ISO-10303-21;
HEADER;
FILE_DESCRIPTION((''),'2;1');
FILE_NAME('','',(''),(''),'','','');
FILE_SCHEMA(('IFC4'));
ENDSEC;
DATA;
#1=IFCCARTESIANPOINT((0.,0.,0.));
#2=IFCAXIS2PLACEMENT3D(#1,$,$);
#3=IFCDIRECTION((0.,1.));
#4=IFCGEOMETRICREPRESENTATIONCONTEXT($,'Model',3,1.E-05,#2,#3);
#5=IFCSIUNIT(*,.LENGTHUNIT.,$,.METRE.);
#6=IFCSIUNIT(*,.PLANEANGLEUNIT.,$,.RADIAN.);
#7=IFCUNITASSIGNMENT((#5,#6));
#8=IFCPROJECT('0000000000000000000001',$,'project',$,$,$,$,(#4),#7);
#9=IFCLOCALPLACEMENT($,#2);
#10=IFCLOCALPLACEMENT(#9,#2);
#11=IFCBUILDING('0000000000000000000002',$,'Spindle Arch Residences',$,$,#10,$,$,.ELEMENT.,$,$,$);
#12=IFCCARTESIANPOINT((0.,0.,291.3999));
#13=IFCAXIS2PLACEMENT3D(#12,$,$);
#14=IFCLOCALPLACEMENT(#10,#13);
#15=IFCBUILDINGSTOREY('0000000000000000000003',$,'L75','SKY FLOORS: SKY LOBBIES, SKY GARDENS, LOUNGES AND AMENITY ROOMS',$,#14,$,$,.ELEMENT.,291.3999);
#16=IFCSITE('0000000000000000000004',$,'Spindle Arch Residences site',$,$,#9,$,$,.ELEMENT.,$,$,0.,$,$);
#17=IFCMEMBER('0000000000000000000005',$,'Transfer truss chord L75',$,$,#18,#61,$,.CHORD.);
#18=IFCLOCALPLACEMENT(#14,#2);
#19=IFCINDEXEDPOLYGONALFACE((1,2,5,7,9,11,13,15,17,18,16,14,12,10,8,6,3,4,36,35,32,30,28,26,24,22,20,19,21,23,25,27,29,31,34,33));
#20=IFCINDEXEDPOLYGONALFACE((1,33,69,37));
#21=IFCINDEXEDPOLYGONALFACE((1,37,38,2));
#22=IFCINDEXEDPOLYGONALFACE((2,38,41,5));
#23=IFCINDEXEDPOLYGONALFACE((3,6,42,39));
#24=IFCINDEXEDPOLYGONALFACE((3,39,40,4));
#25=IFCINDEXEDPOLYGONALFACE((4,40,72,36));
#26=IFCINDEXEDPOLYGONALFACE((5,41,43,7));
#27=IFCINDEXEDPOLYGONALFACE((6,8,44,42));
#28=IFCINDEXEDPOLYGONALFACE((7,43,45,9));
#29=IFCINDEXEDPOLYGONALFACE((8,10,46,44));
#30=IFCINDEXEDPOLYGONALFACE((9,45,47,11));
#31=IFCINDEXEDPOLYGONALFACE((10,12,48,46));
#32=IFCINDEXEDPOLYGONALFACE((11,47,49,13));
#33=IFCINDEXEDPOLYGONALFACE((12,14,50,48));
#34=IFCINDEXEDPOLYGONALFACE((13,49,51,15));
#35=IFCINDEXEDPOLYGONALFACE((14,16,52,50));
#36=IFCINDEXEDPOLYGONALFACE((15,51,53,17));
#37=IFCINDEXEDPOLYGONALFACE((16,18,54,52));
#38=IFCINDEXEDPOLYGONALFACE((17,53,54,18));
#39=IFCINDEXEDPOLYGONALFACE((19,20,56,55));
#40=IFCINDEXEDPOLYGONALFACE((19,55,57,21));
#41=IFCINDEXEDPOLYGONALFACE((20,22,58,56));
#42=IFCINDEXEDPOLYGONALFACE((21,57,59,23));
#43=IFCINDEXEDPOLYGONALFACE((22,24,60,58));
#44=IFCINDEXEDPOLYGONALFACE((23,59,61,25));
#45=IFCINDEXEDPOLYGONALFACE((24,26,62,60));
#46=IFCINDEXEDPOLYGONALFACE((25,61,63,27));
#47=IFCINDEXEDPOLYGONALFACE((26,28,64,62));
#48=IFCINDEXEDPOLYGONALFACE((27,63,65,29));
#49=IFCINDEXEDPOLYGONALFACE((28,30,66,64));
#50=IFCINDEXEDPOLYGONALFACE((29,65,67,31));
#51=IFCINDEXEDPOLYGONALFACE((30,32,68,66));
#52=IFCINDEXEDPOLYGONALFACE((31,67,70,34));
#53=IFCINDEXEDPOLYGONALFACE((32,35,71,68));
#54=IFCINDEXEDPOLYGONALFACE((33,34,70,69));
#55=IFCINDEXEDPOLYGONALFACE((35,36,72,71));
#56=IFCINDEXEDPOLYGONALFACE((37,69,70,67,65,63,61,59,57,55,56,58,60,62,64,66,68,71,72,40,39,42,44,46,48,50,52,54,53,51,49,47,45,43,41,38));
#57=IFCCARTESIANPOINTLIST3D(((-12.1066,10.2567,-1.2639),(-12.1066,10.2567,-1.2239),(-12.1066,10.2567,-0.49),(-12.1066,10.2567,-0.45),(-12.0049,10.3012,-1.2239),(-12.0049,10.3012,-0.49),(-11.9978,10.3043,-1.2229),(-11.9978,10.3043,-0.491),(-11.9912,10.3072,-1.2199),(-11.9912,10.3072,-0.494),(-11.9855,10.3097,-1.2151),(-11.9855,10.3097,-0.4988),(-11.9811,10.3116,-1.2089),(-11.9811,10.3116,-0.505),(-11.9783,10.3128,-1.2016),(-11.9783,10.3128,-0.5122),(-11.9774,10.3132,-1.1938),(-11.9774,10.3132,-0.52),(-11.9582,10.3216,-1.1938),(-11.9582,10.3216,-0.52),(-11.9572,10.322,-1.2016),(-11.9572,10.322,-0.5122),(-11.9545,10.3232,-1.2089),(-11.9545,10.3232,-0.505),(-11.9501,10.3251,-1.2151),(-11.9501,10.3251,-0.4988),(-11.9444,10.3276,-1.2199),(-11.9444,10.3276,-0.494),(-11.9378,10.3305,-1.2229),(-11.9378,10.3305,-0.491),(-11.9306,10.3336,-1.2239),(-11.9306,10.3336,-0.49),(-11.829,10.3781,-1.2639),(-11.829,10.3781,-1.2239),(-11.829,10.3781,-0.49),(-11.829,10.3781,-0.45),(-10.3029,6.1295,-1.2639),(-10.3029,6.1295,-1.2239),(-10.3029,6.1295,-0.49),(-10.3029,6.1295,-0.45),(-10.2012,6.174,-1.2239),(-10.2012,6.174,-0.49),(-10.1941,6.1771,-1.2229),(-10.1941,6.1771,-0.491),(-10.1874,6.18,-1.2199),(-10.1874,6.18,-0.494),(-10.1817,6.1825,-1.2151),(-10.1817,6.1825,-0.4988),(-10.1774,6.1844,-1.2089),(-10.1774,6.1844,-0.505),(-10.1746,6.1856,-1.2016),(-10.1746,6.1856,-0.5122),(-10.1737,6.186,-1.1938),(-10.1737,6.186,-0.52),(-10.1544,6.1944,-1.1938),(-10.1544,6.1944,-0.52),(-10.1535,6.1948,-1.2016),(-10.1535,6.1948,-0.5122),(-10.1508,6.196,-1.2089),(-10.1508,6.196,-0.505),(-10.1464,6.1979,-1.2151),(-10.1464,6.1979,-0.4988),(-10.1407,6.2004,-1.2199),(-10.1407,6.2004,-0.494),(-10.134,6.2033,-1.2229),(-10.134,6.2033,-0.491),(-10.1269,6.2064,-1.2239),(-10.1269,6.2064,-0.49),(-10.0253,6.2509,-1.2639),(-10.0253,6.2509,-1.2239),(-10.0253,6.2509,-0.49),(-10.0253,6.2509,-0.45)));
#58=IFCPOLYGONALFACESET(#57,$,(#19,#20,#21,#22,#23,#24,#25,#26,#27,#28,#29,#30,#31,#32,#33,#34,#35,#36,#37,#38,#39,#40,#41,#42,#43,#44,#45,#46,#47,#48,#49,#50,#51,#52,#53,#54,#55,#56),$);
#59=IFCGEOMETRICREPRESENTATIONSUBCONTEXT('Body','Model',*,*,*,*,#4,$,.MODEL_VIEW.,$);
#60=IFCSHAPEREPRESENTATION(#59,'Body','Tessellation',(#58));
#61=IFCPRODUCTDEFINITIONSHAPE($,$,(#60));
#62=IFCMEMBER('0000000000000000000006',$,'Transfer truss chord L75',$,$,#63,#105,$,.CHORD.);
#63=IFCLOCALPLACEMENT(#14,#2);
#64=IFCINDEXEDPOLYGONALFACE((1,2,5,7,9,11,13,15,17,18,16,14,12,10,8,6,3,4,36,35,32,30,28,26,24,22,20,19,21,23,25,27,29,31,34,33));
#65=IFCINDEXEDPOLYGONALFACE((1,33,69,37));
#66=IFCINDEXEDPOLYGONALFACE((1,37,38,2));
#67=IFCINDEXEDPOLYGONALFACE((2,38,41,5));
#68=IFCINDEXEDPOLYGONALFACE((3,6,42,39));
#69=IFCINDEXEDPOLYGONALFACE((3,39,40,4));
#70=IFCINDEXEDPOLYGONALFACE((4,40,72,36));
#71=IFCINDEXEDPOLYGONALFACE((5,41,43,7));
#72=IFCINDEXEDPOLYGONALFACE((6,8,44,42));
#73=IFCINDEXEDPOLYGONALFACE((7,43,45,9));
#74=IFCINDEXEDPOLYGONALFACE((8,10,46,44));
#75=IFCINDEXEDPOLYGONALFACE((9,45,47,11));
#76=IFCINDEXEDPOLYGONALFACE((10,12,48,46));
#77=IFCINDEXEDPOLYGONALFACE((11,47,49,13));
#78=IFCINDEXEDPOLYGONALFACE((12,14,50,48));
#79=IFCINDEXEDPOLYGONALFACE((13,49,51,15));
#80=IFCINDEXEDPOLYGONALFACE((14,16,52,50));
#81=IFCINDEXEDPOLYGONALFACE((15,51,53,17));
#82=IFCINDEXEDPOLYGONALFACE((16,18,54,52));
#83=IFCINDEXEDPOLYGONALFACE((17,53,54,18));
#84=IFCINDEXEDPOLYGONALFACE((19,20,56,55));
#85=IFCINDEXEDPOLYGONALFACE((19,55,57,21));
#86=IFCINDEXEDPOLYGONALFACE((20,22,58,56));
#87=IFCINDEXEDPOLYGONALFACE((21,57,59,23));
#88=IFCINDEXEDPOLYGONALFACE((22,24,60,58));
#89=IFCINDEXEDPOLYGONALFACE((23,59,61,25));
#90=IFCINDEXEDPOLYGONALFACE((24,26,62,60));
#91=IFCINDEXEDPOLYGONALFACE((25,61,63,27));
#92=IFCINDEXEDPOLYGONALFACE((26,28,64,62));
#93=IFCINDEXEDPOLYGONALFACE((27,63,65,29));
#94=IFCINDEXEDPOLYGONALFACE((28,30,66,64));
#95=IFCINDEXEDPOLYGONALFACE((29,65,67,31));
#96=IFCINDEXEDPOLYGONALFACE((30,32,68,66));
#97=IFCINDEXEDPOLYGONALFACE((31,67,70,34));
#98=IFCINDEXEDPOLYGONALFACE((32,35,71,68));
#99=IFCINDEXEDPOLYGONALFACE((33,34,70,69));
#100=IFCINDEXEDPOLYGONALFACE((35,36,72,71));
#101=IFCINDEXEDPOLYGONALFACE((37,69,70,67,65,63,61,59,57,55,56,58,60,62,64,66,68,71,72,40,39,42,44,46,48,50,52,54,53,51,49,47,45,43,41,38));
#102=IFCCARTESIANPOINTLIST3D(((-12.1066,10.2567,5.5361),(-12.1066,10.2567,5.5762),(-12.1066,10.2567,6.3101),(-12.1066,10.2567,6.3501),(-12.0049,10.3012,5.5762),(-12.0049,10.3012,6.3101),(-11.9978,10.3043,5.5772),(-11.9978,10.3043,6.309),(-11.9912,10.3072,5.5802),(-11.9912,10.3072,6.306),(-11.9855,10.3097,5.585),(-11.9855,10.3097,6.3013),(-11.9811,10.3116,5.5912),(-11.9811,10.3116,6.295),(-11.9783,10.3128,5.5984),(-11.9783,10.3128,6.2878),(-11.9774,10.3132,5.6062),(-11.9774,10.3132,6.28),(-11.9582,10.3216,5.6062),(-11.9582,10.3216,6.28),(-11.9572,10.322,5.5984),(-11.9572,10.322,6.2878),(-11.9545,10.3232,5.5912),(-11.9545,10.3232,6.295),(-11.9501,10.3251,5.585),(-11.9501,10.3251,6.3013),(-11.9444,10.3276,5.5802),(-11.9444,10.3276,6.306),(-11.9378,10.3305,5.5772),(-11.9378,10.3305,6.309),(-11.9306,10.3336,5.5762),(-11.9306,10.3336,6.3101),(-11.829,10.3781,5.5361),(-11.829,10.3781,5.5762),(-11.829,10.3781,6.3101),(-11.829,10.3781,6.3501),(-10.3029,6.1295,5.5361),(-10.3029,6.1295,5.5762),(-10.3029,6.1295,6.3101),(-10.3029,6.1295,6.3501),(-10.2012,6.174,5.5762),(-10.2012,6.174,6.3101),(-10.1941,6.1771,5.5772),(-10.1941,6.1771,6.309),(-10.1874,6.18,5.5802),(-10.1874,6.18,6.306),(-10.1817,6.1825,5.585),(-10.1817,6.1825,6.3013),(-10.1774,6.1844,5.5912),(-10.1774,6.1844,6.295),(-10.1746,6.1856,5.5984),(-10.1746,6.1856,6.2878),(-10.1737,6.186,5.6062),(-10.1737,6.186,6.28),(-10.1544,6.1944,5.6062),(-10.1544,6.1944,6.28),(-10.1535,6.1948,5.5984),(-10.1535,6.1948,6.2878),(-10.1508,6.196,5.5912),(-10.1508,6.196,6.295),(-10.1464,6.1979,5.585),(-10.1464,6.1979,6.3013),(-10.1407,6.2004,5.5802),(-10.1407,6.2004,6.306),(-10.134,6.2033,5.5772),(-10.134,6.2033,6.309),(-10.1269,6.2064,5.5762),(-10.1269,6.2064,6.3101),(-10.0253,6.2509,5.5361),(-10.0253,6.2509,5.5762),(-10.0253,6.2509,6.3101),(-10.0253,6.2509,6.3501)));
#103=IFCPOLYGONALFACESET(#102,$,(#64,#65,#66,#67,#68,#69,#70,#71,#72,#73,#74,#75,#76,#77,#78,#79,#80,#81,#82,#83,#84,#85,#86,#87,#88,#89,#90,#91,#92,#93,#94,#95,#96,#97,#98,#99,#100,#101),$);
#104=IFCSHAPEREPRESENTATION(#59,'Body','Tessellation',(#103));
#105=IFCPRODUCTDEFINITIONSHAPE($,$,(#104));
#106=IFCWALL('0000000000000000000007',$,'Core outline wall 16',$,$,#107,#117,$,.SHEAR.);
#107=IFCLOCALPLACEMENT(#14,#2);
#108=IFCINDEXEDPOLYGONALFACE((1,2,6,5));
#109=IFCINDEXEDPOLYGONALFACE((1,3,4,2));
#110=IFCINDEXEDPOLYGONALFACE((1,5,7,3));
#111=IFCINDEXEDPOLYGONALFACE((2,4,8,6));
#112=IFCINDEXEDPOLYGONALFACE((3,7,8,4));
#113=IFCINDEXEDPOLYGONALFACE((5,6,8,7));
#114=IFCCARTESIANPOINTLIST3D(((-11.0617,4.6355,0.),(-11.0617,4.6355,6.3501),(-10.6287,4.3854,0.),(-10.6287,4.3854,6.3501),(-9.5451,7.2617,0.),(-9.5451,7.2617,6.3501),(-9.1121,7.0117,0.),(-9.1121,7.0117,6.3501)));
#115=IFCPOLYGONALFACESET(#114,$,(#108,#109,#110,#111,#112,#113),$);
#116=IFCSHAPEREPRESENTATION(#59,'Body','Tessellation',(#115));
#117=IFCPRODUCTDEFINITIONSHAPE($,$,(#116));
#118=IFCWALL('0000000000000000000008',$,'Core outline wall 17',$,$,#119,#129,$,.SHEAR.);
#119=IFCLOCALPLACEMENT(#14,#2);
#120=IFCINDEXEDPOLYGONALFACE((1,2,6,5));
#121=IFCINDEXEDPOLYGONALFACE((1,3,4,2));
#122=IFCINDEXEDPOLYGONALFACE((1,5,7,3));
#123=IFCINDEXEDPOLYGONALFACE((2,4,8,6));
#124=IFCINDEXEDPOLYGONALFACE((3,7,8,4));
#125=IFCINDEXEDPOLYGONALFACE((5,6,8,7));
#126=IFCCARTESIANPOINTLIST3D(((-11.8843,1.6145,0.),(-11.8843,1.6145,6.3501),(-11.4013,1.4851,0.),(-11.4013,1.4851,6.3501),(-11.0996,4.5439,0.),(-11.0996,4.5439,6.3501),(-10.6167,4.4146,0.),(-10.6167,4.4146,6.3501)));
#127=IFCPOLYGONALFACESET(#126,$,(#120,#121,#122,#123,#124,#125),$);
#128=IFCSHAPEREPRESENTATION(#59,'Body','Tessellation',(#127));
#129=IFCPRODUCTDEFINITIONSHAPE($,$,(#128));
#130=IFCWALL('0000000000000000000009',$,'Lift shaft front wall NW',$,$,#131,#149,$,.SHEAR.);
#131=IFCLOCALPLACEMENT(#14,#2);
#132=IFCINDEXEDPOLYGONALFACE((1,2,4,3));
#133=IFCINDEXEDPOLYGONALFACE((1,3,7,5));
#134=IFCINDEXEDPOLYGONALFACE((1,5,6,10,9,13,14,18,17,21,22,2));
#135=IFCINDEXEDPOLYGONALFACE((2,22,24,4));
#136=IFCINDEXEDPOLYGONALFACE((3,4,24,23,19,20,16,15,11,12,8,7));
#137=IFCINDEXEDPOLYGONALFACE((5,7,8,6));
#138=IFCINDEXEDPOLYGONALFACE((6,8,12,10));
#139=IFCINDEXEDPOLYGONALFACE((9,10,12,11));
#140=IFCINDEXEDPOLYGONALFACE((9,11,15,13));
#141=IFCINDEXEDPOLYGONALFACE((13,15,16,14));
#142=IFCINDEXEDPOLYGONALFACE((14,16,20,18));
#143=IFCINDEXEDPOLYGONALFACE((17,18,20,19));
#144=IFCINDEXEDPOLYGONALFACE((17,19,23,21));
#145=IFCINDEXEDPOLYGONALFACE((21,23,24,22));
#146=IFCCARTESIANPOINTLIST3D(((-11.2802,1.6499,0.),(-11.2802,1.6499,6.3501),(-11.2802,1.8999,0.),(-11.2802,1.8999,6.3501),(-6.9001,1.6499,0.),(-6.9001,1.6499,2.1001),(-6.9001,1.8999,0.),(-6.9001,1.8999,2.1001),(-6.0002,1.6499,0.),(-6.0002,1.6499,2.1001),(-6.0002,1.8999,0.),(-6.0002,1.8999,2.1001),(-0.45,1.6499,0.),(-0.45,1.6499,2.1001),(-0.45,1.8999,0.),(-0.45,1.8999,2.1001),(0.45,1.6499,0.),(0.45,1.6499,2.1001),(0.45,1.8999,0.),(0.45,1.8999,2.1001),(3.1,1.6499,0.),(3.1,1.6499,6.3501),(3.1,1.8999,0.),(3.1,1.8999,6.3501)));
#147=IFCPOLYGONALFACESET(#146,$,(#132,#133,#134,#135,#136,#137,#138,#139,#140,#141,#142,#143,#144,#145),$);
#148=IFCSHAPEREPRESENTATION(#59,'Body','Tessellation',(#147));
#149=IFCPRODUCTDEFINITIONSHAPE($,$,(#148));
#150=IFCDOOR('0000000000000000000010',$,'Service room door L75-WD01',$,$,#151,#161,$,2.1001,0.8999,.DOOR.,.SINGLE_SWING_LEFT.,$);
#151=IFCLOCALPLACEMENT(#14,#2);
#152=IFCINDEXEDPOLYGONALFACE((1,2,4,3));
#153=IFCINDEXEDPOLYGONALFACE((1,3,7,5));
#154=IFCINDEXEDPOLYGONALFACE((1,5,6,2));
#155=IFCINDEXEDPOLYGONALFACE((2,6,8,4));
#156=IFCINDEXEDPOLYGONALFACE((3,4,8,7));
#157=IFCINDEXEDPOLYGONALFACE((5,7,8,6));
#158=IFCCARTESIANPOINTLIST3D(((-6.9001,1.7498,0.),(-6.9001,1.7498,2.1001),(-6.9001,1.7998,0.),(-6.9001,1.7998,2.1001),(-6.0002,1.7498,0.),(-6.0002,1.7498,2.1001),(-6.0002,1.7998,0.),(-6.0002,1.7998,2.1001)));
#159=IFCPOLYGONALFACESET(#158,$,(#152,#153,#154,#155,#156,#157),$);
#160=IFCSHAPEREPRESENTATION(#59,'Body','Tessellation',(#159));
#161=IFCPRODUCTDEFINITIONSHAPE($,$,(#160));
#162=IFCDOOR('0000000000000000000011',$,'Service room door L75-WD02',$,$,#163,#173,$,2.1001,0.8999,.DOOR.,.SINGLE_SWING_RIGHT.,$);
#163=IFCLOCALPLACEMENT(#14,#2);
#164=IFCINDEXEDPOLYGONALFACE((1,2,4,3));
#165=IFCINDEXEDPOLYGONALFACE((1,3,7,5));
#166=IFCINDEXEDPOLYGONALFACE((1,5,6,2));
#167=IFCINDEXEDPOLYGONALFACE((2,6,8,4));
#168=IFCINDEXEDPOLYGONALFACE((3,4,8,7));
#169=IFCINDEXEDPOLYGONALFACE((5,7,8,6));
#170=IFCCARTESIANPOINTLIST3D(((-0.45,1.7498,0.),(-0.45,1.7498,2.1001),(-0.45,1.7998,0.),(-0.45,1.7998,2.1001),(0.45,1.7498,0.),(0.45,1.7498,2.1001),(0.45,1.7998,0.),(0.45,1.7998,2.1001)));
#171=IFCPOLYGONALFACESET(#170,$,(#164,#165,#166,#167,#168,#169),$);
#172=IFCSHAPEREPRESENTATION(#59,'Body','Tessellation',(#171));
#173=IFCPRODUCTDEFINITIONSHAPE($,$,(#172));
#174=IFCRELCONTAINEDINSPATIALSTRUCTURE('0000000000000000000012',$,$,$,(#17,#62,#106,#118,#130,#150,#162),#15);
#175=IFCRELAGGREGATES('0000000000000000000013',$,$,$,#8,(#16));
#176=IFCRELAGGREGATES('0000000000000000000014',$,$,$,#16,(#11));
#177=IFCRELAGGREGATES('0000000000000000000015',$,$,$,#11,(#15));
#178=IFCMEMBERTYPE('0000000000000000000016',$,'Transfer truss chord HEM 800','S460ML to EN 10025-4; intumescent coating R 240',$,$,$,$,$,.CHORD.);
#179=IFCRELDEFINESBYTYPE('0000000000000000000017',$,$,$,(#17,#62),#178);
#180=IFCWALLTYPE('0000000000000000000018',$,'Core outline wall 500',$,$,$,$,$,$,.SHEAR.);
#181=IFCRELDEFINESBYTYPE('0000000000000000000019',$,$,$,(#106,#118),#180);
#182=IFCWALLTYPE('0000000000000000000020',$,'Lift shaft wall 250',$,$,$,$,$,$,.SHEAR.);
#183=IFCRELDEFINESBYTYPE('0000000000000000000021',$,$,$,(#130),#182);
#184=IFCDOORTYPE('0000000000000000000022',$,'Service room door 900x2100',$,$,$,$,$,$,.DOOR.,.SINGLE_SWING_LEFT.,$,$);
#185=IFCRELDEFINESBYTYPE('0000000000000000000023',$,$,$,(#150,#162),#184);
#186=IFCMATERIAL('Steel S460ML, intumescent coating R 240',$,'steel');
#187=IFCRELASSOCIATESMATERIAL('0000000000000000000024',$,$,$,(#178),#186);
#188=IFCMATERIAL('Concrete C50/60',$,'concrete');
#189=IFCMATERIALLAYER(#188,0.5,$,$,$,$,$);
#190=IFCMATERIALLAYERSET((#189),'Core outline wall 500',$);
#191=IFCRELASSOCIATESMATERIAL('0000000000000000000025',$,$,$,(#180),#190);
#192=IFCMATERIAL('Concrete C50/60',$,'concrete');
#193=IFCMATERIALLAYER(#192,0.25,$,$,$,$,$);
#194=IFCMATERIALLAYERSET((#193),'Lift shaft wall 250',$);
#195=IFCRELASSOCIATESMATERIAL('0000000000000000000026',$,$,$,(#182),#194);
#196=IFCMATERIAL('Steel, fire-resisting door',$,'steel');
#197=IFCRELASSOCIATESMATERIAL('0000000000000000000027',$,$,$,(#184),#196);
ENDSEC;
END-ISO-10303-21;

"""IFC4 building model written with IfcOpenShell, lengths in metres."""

from ifc_helpers import new_model, si_unit, direction, frame, frame_2d, origin, origin_2d, place, context, subcontext, project, spatial, rectangle, i_section, extrude, material, layer, layer_set, material_profile, profile_set, type_object, element, fill, save


model = new_model("IFC4")

# Units and contexts
model_context = context("Model", 3, precision=1e-05, world=origin(), true_north=direction((0.0, 1.0)))
body_context = subcontext(model_context, "Body", "Model", "MODEL_VIEW")
ifc_project = project(units=[si_unit("LENGTHUNIT", "METRE"), si_unit("PLANEANGLEUNIT", "RADIAN")], contexts=[model_context])

# Site, building, storey
site_placement = place(None, origin())
site = spatial("IfcSite", under=ifc_project, at=site_placement, Name="Spindle Arch Residences site", CompositionType="ELEMENT", RefElevation=0.0)
building_placement = place(site_placement, origin())
building = spatial("IfcBuilding", under=site, at=building_placement, Name="Spindle Arch Residences", CompositionType="ELEMENT")
storey_placement = place(building_placement, frame((0.0, 0.0, 291.3999)))
storey = spatial("IfcBuildingStorey", under=building, at=storey_placement, Name="L75", Description="SKY FLOORS: SKY LOBBIES, SKY GARDENS, LOUNGES AND AMENITY ROOMS", CompositionType="ELEMENT", Elevation=291.3999)

# Members
ifc_material_1 = material(Name="Steel S460ML, intumescent coating R 240", Category="steel")
ifc_material_profile = material_profile(ifc_material_1, i_section(OverallWidth=0.303, OverallDepth=0.814, WebThickness=0.021, FlangeThickness=0.04, FilletRadius=0.03, at=origin_2d()), Name="HEM 800")
ifc_profile_set = profile_set([ifc_material_profile], Name="Steel S460ML, intumescent coating R 240")
member_type = type_object("IfcMemberType", Name="Transfer truss chord HEM 800", Description="S460ML to EN 10025-4; intumescent coating R 240", PredefinedType="CHORD", material=ifc_profile_set)
for number, where, z_axis, x_axis, name in (
    (1, (-10.1641, 6.1902, -0.8569), (-0.400458, 0.916315, 0.0), (-0.916315, -0.400458, 0.0), "Transfer truss chord L75"),
    (2, (-10.1641, 6.1902, 5.9431), (-0.400458, 0.916315, 0.0), (-0.916315, -0.400458, 0.0), "Transfer truss chord L75"),
):
    element("IfcMember", number, at=place(storey_placement, frame(where, z_axis=z_axis, x_axis=x_axis)), inside=storey, type_object=member_type, Name=name, PredefinedType="CHORD", context=body_context, shape_type="SweptSolid", body=[
        extrude(i_section(OverallWidth=0.303, OverallDepth=0.814, WebThickness=0.021, FlangeThickness=0.04, FilletRadius=0.03, at=origin_2d()), origin(), (0.0, 0.0, 1.0), 4.5042),
    ])

# Walls
ifc_material_2 = material(Name="Concrete C50/60", Category="concrete")
ifc_layer_1 = layer(ifc_material_2, 0.5)
ifc_layer_set_1 = layer_set([ifc_layer_1], Name="Core outline wall 500")
wall_type_1 = type_object("IfcWallType", Name="Core outline wall 500", PredefinedType="SHEAR", material=ifc_layer_set_1)
for number, where, z_axis, x_axis, name in (
    (3, (-9.3286, 7.1367, 0.0), (0.0, 0.0, 1.0), (-0.500087, -0.865975, 0.0), "Core outline wall 16"),
    (4, (-10.8582, 4.4792, 0.0), (0.0, 0.0, 1.0), (-0.258735, -0.965948, 0.0), "Core outline wall 17"),
):
    element("IfcWall", number, at=place(storey_placement, frame(where, z_axis=z_axis, x_axis=x_axis)), inside=storey, type_object=wall_type_1, Name=name, PredefinedType="SHEAR", context=body_context, shape_type="SweptSolid", body=[
        extrude(rectangle(XDim=3.0327, YDim=0.5, at=frame_2d((1.5164, 0.0))), origin(), (0.0, 0.0, 1.0), 6.3501),
    ])

# Wall, openings, doors
ifc_material_3 = material(Name="Concrete C50/60", Category="concrete")
ifc_layer_2 = layer(ifc_material_3, 0.25)
ifc_layer_set_2 = layer_set([ifc_layer_2], Name="Lift shaft wall 250")
wall_type_2 = type_object("IfcWallType", Name="Lift shaft wall 250", PredefinedType="SHEAR", material=ifc_layer_set_2)
wall_1_placement = place(storey_placement, frame((-11.28, 1.7749, 0.0), z_axis=(0.0, 0.0, 1.0), x_axis=(1.0, 0.0, 0.0)))
wall_1 = element("IfcWall", 5, at=wall_1_placement, inside=storey, type_object=wall_type_2, Name="Lift shaft front wall NW", PredefinedType="SHEAR", context=body_context, shape_type="SweptSolid", body=[
    extrude(rectangle(XDim=14.3801, YDim=0.25, at=frame_2d((7.1899, 0.0))), origin(), (0.0, 0.0, 1.0), 6.3501),
])
opening_1_placement = place(wall_1_placement, frame((4.3799, 0.0, 0.0)))
opening_1 = element("IfcOpeningElement", 6, at=opening_1_placement, cuts=wall_1, PredefinedType="OPENING", context=body_context, shape_type="SweptSolid", body=[
    extrude(rectangle(XDim=0.8999, YDim=2.1001, at=frame_2d((0.45, 1.05))), frame((0.0, 0.135, 0.0), z_axis=(0.0, -1.0, 0.0), x_axis=(1.0, 0.0, 0.0)), (0.0, 0.0, 1.0), 0.27),
])
opening_2_placement = place(wall_1_placement, frame((10.8301, 0.0, 0.0)))
opening_2 = element("IfcOpeningElement", 7, at=opening_2_placement, cuts=wall_1, PredefinedType="OPENING", context=body_context, shape_type="SweptSolid", body=[
    extrude(rectangle(XDim=0.8999, YDim=2.1001, at=frame_2d((0.45, 1.05))), frame((0.0, 0.135, 0.0), z_axis=(0.0, -1.0, 0.0), x_axis=(1.0, 0.0, 0.0)), (0.0, 0.0, 1.0), 0.27),
])
ifc_material_4 = material(Name="Steel, fire-resisting door", Category="steel")
door_type_1 = type_object("IfcDoorType", Name="Service room door 900x2100", OperationType="SINGLE_SWING_LEFT", PredefinedType="DOOR", material=ifc_material_4)
door_1_placement = place(opening_1_placement, origin())
door_1 = element("IfcDoor", 8, at=door_1_placement, inside=storey, type_object=door_type_1, Name="Service room door L75-WD01", OperationType="SINGLE_SWING_LEFT", OverallHeight=2.1001, OverallWidth=0.8999, PredefinedType="DOOR", context=body_context, shape_type="SweptSolid", body=[
    extrude(rectangle(XDim=0.8999, YDim=2.1001, at=frame_2d((0.45, 1.05))), frame((0.0, 0.0249, 0.0), z_axis=(0.0, -1.0, 0.0), x_axis=(1.0, 0.0, 0.0)), (0.0, 0.0, 1.0), 0.05),
])
fill(opening_1, door_1)
door_2_placement = place(opening_2_placement, origin())
door_2 = element("IfcDoor", 9, at=door_2_placement, inside=storey, type_object=door_type_1, Name="Service room door L75-WD02", OperationType="SINGLE_SWING_RIGHT", OverallHeight=2.1001, OverallWidth=0.8999, PredefinedType="DOOR", context=body_context, shape_type="SweptSolid", body=[
    extrude(rectangle(XDim=0.8999, YDim=2.1001, at=frame_2d((0.45, 1.05))), frame((0.0, 0.0249, 0.0), z_axis=(0.0, -1.0, 0.0), x_axis=(1.0, 0.0, 0.0)), (0.0, 0.0, 1.0), 0.05),
])
fill(opening_2, door_2)

save(model, "model.ifc")
